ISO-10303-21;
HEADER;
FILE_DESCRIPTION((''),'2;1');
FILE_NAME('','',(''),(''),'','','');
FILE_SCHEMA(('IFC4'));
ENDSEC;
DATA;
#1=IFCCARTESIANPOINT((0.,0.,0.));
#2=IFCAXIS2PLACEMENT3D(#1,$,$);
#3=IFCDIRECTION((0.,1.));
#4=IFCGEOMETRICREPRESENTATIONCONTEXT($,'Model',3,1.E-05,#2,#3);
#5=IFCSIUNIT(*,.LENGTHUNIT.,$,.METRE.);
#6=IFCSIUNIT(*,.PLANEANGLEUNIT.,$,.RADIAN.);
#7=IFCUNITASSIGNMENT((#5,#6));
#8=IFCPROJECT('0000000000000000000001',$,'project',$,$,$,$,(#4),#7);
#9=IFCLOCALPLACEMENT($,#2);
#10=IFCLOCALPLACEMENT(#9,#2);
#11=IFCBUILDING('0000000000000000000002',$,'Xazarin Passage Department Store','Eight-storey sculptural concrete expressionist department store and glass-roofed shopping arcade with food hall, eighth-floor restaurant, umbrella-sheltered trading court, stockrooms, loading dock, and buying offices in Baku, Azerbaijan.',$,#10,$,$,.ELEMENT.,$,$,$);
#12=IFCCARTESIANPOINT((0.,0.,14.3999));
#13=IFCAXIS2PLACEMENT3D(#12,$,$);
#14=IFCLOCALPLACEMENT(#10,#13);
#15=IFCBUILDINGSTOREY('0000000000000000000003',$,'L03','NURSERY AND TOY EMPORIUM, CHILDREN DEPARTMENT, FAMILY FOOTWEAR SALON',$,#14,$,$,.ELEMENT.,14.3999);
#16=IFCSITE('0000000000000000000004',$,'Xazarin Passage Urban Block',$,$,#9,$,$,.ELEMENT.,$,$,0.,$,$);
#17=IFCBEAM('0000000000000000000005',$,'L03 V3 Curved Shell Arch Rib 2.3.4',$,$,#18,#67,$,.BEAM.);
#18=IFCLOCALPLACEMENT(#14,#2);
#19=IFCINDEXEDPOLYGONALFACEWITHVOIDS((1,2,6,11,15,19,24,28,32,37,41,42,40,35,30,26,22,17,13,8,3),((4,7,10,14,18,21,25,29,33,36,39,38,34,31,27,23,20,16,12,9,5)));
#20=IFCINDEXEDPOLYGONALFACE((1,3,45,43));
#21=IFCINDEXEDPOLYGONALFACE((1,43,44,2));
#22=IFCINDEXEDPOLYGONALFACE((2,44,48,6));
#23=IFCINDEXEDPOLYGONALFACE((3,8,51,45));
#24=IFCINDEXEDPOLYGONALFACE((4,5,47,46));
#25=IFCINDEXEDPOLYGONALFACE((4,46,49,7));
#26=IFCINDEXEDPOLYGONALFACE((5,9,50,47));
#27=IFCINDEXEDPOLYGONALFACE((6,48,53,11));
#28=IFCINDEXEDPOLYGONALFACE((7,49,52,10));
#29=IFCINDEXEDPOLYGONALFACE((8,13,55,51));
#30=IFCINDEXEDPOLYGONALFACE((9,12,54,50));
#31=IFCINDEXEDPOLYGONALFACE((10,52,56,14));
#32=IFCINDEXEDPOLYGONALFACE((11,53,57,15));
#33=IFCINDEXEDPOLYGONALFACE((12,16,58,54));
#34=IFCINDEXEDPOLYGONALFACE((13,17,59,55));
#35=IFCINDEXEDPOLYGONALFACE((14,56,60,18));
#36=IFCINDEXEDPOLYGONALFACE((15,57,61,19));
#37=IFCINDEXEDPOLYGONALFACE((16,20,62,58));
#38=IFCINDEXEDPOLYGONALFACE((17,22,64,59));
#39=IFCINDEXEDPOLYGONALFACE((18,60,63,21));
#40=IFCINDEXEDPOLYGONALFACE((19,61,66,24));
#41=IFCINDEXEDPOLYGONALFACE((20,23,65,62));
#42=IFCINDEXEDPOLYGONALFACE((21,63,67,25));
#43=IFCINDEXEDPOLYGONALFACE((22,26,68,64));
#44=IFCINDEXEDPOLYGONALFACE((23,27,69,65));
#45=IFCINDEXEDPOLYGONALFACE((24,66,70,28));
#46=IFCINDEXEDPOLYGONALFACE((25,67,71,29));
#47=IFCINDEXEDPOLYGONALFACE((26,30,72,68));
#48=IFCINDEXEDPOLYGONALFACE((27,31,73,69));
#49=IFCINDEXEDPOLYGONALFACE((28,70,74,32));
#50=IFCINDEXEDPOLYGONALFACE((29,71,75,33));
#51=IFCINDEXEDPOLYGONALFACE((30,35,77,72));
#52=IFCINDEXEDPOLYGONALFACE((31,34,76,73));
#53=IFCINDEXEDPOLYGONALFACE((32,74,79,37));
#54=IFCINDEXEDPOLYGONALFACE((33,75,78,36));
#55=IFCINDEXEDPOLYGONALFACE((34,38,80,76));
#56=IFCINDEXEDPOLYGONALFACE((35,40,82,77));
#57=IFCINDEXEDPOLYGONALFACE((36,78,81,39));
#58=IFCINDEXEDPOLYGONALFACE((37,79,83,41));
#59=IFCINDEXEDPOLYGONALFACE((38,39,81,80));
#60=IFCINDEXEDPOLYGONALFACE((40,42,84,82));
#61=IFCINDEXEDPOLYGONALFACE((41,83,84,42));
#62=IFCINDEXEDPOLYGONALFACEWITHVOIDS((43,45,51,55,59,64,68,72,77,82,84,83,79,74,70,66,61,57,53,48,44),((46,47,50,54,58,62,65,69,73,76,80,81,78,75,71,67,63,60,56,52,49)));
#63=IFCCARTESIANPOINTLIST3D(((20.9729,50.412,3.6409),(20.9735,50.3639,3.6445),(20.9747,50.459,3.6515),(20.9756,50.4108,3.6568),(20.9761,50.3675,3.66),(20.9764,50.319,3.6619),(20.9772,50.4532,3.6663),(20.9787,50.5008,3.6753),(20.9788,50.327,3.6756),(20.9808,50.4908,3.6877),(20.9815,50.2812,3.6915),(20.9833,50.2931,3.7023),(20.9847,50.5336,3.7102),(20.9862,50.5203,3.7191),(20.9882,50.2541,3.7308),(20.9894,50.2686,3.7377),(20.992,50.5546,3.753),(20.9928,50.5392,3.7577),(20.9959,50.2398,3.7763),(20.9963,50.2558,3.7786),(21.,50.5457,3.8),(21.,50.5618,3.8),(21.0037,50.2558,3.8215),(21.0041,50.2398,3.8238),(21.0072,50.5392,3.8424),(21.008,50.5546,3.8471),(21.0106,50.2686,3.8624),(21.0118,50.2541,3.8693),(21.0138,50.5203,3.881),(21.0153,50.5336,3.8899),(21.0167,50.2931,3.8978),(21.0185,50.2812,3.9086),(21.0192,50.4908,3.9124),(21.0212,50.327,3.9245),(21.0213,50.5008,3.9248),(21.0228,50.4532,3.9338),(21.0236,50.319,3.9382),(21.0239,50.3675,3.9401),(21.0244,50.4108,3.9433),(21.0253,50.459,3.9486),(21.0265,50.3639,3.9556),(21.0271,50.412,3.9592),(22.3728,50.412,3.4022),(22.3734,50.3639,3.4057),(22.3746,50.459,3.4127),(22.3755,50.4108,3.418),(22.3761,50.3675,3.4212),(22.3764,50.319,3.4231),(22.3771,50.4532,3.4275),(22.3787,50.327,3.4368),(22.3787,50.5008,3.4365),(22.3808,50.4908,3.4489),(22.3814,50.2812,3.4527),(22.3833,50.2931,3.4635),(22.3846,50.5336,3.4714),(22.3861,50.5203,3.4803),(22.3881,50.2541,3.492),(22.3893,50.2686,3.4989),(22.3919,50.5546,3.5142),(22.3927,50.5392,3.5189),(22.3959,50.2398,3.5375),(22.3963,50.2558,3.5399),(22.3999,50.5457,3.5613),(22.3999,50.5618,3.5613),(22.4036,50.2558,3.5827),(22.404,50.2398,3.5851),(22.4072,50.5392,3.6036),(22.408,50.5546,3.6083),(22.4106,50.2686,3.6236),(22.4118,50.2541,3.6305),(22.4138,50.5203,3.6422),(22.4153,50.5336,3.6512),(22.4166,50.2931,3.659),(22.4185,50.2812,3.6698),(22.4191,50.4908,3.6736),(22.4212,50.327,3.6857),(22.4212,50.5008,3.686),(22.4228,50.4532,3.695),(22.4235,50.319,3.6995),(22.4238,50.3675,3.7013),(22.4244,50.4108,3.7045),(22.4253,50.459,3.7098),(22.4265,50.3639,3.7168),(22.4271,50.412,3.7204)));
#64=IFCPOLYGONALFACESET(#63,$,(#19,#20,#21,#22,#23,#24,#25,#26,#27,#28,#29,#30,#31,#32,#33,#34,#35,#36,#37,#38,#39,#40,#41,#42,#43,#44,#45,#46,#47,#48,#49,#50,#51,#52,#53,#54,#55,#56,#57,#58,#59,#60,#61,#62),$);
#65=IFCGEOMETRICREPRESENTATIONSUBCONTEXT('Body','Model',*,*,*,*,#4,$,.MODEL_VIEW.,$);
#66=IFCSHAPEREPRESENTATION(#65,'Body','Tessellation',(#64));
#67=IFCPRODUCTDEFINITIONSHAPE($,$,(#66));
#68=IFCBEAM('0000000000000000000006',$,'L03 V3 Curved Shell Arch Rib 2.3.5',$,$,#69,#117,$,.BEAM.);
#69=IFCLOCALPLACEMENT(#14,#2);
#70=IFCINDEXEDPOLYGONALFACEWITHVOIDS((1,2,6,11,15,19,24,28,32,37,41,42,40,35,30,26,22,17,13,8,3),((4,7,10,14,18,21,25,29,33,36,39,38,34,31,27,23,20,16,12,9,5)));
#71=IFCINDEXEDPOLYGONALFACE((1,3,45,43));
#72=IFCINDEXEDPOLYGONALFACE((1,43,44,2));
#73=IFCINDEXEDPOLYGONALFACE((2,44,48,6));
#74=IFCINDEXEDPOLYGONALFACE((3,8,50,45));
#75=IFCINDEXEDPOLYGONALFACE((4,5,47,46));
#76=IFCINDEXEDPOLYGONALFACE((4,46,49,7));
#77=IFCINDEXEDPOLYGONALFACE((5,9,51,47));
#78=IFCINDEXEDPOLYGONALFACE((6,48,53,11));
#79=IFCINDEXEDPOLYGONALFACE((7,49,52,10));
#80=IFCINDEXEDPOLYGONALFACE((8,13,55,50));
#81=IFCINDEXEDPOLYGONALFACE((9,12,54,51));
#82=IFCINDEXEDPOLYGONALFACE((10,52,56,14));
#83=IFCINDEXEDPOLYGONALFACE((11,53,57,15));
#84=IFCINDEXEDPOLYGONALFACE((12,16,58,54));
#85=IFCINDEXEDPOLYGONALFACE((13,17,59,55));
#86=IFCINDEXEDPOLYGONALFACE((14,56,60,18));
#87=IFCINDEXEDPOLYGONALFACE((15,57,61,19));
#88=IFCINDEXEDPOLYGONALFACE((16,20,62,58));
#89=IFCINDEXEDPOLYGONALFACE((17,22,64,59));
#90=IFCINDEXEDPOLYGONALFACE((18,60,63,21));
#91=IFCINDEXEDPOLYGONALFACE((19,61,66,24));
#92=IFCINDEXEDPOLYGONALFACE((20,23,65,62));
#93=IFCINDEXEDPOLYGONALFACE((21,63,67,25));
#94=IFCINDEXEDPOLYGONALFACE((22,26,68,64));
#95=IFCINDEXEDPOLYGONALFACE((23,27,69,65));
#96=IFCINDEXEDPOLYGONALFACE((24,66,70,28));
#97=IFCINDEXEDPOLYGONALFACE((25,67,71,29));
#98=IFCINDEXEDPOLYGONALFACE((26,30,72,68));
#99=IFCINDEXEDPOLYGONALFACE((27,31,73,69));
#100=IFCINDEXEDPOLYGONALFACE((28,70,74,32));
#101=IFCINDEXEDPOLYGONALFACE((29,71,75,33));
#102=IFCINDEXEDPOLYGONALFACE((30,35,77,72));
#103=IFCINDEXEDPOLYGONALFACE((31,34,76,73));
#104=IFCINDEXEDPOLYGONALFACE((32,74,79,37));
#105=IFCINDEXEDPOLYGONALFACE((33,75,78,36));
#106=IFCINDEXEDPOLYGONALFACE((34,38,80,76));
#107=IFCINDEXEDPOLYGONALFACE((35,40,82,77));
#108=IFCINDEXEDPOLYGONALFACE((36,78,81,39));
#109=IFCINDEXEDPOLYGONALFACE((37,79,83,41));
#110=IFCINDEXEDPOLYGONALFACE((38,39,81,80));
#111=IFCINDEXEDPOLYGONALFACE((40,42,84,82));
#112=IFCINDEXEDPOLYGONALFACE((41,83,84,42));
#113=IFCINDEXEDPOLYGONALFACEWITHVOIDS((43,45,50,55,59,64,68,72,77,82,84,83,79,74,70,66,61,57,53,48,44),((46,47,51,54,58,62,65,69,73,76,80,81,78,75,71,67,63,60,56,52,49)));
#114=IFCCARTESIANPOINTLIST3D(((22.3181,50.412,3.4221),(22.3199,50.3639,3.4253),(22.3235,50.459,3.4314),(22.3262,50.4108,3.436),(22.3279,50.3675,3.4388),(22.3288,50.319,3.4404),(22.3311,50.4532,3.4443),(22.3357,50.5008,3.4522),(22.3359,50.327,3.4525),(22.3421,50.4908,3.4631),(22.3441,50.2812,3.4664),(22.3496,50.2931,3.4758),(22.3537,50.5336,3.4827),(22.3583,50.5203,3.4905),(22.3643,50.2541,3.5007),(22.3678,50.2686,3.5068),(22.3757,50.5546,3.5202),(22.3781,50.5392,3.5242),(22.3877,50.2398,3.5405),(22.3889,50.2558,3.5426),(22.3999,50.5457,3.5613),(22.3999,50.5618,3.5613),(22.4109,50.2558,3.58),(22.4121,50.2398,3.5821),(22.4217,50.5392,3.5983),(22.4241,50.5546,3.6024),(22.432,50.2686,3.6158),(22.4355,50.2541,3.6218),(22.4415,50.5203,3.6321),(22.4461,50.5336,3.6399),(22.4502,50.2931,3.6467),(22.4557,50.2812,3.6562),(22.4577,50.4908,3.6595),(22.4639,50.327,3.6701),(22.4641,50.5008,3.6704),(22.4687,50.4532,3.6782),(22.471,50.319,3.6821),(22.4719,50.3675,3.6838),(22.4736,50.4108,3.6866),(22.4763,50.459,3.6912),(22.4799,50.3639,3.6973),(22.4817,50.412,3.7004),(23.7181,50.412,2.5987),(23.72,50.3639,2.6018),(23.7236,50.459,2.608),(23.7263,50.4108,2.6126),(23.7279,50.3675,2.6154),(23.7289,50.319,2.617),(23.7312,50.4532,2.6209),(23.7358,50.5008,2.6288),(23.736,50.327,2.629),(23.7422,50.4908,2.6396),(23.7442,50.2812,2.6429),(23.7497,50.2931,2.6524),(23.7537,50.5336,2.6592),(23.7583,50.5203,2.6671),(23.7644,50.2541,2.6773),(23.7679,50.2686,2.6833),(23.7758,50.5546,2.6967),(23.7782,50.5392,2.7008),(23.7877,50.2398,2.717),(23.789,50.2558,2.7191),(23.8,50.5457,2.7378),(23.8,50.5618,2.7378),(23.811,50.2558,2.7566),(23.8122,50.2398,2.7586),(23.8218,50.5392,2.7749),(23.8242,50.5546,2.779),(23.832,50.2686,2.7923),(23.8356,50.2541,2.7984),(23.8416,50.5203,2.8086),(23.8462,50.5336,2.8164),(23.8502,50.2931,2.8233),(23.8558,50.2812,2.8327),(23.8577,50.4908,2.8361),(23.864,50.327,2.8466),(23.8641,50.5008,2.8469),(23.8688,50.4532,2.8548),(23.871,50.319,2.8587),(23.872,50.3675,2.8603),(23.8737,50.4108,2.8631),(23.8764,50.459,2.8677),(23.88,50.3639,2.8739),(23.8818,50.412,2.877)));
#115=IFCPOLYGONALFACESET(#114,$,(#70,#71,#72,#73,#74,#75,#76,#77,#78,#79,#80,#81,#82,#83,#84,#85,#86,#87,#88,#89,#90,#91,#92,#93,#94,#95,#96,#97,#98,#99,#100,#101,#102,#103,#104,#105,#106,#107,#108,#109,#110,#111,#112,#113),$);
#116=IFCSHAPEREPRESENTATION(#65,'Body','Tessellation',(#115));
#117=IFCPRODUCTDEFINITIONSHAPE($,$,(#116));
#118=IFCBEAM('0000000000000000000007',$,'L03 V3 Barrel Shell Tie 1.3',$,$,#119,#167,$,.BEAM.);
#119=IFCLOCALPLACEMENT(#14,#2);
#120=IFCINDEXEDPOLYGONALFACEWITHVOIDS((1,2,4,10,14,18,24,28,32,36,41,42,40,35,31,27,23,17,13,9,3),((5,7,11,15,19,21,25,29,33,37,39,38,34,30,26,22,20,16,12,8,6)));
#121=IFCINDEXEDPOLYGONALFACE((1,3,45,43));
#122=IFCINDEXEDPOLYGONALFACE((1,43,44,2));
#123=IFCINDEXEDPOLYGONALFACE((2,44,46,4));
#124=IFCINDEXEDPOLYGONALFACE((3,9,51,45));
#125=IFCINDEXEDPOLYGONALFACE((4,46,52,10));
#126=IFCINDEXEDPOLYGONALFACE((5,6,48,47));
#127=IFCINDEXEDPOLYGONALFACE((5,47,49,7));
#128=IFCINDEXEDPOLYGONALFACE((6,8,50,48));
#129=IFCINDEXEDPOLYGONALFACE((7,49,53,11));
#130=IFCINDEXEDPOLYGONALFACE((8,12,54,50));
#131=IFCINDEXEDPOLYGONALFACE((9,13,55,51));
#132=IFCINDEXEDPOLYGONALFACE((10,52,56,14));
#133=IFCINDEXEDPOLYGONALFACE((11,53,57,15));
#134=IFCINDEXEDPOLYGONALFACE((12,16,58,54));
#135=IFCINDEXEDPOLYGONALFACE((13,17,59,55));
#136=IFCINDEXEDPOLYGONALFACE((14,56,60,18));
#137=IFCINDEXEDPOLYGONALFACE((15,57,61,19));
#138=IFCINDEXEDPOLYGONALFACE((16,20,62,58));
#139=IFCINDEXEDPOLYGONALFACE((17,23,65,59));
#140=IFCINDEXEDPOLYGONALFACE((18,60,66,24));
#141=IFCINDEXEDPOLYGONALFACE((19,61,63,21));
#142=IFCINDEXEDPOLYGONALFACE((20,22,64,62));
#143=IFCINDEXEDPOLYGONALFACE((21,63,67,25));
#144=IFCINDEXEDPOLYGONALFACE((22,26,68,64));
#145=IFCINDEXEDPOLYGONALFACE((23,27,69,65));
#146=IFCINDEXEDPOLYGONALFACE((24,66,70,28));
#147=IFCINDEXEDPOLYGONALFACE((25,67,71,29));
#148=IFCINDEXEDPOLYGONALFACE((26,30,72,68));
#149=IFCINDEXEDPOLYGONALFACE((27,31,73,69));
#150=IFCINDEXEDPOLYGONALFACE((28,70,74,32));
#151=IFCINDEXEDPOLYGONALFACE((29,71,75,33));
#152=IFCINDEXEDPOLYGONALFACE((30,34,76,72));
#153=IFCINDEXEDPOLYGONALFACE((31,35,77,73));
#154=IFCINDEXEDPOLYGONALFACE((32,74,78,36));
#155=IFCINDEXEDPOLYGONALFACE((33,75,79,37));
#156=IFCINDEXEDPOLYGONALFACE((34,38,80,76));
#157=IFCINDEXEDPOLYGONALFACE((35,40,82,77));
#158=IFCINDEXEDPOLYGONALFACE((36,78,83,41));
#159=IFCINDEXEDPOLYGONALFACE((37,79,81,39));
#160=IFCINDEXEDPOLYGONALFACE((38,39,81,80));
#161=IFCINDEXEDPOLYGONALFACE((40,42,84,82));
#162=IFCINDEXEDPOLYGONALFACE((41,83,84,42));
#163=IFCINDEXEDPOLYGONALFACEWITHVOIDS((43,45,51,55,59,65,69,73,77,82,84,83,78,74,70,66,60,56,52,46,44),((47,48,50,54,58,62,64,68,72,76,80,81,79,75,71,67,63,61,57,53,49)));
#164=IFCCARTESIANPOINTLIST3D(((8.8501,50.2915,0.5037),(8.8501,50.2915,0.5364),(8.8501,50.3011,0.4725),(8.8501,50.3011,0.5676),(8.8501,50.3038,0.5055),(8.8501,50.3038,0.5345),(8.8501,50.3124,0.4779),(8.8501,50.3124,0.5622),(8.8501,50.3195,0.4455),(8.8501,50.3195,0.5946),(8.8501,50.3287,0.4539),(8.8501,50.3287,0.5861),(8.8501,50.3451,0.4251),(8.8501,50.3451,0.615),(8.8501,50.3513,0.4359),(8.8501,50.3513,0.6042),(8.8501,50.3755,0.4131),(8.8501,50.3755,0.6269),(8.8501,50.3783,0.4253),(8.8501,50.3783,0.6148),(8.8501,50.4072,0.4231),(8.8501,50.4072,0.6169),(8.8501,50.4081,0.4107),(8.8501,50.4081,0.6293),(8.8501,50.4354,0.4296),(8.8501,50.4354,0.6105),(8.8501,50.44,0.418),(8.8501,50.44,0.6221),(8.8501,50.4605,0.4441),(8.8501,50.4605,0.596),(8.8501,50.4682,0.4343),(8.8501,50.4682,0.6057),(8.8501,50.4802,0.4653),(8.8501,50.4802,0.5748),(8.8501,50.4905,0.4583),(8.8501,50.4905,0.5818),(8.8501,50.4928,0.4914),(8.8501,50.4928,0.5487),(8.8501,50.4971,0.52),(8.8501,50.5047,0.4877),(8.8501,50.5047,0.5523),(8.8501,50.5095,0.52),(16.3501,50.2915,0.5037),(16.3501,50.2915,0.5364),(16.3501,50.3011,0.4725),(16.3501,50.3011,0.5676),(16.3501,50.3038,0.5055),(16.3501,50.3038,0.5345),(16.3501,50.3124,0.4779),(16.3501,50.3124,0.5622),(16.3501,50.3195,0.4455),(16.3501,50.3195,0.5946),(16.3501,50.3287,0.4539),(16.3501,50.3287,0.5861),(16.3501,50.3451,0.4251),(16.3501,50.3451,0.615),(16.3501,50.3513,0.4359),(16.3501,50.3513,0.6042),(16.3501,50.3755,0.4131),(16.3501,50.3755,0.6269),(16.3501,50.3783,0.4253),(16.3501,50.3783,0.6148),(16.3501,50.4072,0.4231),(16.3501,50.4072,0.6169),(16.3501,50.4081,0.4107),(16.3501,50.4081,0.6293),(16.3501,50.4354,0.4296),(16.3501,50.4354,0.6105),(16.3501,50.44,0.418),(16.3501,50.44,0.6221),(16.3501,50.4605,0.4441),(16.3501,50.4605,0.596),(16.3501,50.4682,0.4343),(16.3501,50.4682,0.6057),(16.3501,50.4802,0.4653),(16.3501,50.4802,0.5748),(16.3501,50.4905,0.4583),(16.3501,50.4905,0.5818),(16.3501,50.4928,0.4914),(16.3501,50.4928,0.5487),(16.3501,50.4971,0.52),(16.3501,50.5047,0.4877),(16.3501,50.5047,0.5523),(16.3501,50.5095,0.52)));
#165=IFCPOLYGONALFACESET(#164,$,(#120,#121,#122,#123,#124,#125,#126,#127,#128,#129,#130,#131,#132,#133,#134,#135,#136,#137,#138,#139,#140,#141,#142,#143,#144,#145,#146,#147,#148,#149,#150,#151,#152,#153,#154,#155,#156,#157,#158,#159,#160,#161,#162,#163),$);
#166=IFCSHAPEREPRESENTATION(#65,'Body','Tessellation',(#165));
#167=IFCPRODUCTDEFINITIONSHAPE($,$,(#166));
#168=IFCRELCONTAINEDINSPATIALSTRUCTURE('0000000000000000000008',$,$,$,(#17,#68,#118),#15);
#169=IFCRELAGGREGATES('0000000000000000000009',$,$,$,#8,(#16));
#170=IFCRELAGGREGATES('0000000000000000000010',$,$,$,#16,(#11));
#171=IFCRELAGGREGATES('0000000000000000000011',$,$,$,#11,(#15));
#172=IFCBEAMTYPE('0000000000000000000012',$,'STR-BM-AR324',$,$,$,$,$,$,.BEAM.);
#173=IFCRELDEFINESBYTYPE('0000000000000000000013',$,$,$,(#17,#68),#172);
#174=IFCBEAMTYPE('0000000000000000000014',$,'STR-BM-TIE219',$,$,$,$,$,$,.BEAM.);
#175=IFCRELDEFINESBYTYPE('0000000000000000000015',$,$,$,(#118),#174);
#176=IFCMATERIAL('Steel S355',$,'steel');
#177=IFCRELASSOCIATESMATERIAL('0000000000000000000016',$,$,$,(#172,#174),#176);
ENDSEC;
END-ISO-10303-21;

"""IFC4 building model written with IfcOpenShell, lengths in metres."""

from ifc_helpers import new_model, si_unit, direction, frame, origin, origin_2d, place, context, subcontext, project, spatial, hollow_circle, extrude, material, material_profile, profile_set, type_object, element, save


model = new_model("IFC4")

# Units and contexts
model_context = context("Model", 3, precision=1e-05, world=origin(), true_north=direction((0.0, 1.0)))
body_context = subcontext(model_context, "Body", "Model", "MODEL_VIEW")
ifc_project = project(units=[si_unit("LENGTHUNIT", "METRE"), si_unit("PLANEANGLEUNIT", "RADIAN")], contexts=[model_context])

# Site, building, storey
site_placement = place(None, origin())
site = spatial("IfcSite", under=ifc_project, at=site_placement, Name="Xazarin Passage Urban Block", CompositionType="ELEMENT", RefElevation=0.0)
building_placement = place(site_placement, origin())
building = spatial("IfcBuilding", under=site, at=building_placement, Name="Xazarin Passage Department Store", Description="Eight-storey sculptural concrete expressionist department store and glass-roofed shopping arcade with food hall, eighth-floor restaurant, umbrella-sheltered trading court, stockrooms, loading dock, and buying offices in Baku, Azerbaijan.", CompositionType="ELEMENT")
storey_placement = place(building_placement, frame((0.0, 0.0, 14.3999)))
storey = spatial("IfcBuildingStorey", under=building, at=storey_placement, Name="L03", Description="NURSERY AND TOY EMPORIUM, CHILDREN DEPARTMENT, FAMILY FOOTWEAR SALON", CompositionType="ELEMENT", Elevation=14.3999)

# Beams
ifc_material_1 = material(Name="Steel S355", Category="steel")
ifc_material_profile_1 = material_profile(ifc_material_1, hollow_circle(Radius=0.1619, WallThickness=0.0161, at=origin_2d()), Name="CHS 323.9x16")
ifc_profile_set_1 = profile_set([ifc_material_profile_1], Name="Steel S355")
beam_type_1 = type_object("IfcBeamType", Name="STR-BM-AR324", PredefinedType="BEAM", material=ifc_profile_set_1)
for number, where, z_axis, x_axis, name in (
    (1, (21.0, 50.3999, 3.8), (0.985764, 0.0, -0.168133), (0.0, 1.0, 0.0), "L03 V3 Curved Shell Arch Rib 2.3.4"),
):
    element("IfcBeam", number, at=place(storey_placement, frame(where, z_axis=z_axis, x_axis=x_axis)), inside=storey, type_object=beam_type_1, Name=name, PredefinedType="BEAM", context=body_context, shape_type="SweptSolid", body=[
        extrude(hollow_circle(Radius=0.1619, WallThickness=0.0161, at=origin_2d()), origin(), (0.0, 0.0, 1.0), 1.4202),
    ])
beam_1_placement = place(storey_placement, frame((22.3999, 50.3999, 3.5613), z_axis=(0.861969, 0.0, -0.506961), x_axis=(0.0, 1.0, 0.0)))
element("IfcBeam", 2, at=beam_1_placement, inside=storey, type_object=beam_type_1, Name="L03 V3 Curved Shell Arch Rib 2.3.5", PredefinedType="BEAM", context=body_context, shape_type="SweptSolid", body=[
    extrude(hollow_circle(Radius=0.1619, WallThickness=0.0161, at=origin_2d()), origin(), (0.0, 0.0, 1.0), 1.6243),
])
ifc_material_profile_2 = material_profile(ifc_material_1, hollow_circle(Radius=0.1096, WallThickness=0.0125, at=origin_2d()), Name="CHS 219.1x12.5")
ifc_profile_set_2 = profile_set([ifc_material_profile_2], Name="Steel S355")
beam_type_2 = type_object("IfcBeamType", Name="STR-BM-TIE219", PredefinedType="BEAM", material=ifc_profile_set_2)
for number, where, z_axis, x_axis, name in (
    (3, (8.8501, 50.3999, 0.52), (1.0, 0.0, 0.0), (0.0, 1.0, 0.0), "L03 V3 Barrel Shell Tie 1.3"),
):
    element("IfcBeam", number, at=place(storey_placement, frame(where, z_axis=z_axis, x_axis=x_axis)), inside=storey, type_object=beam_type_2, Name=name, PredefinedType="BEAM", context=body_context, shape_type="SweptSolid", body=[
        extrude(hollow_circle(Radius=0.1096, WallThickness=0.0125, at=origin_2d()), origin(), (0.0, 0.0, 1.0), 7.5),
    ])

save(model, "model.ifc")
